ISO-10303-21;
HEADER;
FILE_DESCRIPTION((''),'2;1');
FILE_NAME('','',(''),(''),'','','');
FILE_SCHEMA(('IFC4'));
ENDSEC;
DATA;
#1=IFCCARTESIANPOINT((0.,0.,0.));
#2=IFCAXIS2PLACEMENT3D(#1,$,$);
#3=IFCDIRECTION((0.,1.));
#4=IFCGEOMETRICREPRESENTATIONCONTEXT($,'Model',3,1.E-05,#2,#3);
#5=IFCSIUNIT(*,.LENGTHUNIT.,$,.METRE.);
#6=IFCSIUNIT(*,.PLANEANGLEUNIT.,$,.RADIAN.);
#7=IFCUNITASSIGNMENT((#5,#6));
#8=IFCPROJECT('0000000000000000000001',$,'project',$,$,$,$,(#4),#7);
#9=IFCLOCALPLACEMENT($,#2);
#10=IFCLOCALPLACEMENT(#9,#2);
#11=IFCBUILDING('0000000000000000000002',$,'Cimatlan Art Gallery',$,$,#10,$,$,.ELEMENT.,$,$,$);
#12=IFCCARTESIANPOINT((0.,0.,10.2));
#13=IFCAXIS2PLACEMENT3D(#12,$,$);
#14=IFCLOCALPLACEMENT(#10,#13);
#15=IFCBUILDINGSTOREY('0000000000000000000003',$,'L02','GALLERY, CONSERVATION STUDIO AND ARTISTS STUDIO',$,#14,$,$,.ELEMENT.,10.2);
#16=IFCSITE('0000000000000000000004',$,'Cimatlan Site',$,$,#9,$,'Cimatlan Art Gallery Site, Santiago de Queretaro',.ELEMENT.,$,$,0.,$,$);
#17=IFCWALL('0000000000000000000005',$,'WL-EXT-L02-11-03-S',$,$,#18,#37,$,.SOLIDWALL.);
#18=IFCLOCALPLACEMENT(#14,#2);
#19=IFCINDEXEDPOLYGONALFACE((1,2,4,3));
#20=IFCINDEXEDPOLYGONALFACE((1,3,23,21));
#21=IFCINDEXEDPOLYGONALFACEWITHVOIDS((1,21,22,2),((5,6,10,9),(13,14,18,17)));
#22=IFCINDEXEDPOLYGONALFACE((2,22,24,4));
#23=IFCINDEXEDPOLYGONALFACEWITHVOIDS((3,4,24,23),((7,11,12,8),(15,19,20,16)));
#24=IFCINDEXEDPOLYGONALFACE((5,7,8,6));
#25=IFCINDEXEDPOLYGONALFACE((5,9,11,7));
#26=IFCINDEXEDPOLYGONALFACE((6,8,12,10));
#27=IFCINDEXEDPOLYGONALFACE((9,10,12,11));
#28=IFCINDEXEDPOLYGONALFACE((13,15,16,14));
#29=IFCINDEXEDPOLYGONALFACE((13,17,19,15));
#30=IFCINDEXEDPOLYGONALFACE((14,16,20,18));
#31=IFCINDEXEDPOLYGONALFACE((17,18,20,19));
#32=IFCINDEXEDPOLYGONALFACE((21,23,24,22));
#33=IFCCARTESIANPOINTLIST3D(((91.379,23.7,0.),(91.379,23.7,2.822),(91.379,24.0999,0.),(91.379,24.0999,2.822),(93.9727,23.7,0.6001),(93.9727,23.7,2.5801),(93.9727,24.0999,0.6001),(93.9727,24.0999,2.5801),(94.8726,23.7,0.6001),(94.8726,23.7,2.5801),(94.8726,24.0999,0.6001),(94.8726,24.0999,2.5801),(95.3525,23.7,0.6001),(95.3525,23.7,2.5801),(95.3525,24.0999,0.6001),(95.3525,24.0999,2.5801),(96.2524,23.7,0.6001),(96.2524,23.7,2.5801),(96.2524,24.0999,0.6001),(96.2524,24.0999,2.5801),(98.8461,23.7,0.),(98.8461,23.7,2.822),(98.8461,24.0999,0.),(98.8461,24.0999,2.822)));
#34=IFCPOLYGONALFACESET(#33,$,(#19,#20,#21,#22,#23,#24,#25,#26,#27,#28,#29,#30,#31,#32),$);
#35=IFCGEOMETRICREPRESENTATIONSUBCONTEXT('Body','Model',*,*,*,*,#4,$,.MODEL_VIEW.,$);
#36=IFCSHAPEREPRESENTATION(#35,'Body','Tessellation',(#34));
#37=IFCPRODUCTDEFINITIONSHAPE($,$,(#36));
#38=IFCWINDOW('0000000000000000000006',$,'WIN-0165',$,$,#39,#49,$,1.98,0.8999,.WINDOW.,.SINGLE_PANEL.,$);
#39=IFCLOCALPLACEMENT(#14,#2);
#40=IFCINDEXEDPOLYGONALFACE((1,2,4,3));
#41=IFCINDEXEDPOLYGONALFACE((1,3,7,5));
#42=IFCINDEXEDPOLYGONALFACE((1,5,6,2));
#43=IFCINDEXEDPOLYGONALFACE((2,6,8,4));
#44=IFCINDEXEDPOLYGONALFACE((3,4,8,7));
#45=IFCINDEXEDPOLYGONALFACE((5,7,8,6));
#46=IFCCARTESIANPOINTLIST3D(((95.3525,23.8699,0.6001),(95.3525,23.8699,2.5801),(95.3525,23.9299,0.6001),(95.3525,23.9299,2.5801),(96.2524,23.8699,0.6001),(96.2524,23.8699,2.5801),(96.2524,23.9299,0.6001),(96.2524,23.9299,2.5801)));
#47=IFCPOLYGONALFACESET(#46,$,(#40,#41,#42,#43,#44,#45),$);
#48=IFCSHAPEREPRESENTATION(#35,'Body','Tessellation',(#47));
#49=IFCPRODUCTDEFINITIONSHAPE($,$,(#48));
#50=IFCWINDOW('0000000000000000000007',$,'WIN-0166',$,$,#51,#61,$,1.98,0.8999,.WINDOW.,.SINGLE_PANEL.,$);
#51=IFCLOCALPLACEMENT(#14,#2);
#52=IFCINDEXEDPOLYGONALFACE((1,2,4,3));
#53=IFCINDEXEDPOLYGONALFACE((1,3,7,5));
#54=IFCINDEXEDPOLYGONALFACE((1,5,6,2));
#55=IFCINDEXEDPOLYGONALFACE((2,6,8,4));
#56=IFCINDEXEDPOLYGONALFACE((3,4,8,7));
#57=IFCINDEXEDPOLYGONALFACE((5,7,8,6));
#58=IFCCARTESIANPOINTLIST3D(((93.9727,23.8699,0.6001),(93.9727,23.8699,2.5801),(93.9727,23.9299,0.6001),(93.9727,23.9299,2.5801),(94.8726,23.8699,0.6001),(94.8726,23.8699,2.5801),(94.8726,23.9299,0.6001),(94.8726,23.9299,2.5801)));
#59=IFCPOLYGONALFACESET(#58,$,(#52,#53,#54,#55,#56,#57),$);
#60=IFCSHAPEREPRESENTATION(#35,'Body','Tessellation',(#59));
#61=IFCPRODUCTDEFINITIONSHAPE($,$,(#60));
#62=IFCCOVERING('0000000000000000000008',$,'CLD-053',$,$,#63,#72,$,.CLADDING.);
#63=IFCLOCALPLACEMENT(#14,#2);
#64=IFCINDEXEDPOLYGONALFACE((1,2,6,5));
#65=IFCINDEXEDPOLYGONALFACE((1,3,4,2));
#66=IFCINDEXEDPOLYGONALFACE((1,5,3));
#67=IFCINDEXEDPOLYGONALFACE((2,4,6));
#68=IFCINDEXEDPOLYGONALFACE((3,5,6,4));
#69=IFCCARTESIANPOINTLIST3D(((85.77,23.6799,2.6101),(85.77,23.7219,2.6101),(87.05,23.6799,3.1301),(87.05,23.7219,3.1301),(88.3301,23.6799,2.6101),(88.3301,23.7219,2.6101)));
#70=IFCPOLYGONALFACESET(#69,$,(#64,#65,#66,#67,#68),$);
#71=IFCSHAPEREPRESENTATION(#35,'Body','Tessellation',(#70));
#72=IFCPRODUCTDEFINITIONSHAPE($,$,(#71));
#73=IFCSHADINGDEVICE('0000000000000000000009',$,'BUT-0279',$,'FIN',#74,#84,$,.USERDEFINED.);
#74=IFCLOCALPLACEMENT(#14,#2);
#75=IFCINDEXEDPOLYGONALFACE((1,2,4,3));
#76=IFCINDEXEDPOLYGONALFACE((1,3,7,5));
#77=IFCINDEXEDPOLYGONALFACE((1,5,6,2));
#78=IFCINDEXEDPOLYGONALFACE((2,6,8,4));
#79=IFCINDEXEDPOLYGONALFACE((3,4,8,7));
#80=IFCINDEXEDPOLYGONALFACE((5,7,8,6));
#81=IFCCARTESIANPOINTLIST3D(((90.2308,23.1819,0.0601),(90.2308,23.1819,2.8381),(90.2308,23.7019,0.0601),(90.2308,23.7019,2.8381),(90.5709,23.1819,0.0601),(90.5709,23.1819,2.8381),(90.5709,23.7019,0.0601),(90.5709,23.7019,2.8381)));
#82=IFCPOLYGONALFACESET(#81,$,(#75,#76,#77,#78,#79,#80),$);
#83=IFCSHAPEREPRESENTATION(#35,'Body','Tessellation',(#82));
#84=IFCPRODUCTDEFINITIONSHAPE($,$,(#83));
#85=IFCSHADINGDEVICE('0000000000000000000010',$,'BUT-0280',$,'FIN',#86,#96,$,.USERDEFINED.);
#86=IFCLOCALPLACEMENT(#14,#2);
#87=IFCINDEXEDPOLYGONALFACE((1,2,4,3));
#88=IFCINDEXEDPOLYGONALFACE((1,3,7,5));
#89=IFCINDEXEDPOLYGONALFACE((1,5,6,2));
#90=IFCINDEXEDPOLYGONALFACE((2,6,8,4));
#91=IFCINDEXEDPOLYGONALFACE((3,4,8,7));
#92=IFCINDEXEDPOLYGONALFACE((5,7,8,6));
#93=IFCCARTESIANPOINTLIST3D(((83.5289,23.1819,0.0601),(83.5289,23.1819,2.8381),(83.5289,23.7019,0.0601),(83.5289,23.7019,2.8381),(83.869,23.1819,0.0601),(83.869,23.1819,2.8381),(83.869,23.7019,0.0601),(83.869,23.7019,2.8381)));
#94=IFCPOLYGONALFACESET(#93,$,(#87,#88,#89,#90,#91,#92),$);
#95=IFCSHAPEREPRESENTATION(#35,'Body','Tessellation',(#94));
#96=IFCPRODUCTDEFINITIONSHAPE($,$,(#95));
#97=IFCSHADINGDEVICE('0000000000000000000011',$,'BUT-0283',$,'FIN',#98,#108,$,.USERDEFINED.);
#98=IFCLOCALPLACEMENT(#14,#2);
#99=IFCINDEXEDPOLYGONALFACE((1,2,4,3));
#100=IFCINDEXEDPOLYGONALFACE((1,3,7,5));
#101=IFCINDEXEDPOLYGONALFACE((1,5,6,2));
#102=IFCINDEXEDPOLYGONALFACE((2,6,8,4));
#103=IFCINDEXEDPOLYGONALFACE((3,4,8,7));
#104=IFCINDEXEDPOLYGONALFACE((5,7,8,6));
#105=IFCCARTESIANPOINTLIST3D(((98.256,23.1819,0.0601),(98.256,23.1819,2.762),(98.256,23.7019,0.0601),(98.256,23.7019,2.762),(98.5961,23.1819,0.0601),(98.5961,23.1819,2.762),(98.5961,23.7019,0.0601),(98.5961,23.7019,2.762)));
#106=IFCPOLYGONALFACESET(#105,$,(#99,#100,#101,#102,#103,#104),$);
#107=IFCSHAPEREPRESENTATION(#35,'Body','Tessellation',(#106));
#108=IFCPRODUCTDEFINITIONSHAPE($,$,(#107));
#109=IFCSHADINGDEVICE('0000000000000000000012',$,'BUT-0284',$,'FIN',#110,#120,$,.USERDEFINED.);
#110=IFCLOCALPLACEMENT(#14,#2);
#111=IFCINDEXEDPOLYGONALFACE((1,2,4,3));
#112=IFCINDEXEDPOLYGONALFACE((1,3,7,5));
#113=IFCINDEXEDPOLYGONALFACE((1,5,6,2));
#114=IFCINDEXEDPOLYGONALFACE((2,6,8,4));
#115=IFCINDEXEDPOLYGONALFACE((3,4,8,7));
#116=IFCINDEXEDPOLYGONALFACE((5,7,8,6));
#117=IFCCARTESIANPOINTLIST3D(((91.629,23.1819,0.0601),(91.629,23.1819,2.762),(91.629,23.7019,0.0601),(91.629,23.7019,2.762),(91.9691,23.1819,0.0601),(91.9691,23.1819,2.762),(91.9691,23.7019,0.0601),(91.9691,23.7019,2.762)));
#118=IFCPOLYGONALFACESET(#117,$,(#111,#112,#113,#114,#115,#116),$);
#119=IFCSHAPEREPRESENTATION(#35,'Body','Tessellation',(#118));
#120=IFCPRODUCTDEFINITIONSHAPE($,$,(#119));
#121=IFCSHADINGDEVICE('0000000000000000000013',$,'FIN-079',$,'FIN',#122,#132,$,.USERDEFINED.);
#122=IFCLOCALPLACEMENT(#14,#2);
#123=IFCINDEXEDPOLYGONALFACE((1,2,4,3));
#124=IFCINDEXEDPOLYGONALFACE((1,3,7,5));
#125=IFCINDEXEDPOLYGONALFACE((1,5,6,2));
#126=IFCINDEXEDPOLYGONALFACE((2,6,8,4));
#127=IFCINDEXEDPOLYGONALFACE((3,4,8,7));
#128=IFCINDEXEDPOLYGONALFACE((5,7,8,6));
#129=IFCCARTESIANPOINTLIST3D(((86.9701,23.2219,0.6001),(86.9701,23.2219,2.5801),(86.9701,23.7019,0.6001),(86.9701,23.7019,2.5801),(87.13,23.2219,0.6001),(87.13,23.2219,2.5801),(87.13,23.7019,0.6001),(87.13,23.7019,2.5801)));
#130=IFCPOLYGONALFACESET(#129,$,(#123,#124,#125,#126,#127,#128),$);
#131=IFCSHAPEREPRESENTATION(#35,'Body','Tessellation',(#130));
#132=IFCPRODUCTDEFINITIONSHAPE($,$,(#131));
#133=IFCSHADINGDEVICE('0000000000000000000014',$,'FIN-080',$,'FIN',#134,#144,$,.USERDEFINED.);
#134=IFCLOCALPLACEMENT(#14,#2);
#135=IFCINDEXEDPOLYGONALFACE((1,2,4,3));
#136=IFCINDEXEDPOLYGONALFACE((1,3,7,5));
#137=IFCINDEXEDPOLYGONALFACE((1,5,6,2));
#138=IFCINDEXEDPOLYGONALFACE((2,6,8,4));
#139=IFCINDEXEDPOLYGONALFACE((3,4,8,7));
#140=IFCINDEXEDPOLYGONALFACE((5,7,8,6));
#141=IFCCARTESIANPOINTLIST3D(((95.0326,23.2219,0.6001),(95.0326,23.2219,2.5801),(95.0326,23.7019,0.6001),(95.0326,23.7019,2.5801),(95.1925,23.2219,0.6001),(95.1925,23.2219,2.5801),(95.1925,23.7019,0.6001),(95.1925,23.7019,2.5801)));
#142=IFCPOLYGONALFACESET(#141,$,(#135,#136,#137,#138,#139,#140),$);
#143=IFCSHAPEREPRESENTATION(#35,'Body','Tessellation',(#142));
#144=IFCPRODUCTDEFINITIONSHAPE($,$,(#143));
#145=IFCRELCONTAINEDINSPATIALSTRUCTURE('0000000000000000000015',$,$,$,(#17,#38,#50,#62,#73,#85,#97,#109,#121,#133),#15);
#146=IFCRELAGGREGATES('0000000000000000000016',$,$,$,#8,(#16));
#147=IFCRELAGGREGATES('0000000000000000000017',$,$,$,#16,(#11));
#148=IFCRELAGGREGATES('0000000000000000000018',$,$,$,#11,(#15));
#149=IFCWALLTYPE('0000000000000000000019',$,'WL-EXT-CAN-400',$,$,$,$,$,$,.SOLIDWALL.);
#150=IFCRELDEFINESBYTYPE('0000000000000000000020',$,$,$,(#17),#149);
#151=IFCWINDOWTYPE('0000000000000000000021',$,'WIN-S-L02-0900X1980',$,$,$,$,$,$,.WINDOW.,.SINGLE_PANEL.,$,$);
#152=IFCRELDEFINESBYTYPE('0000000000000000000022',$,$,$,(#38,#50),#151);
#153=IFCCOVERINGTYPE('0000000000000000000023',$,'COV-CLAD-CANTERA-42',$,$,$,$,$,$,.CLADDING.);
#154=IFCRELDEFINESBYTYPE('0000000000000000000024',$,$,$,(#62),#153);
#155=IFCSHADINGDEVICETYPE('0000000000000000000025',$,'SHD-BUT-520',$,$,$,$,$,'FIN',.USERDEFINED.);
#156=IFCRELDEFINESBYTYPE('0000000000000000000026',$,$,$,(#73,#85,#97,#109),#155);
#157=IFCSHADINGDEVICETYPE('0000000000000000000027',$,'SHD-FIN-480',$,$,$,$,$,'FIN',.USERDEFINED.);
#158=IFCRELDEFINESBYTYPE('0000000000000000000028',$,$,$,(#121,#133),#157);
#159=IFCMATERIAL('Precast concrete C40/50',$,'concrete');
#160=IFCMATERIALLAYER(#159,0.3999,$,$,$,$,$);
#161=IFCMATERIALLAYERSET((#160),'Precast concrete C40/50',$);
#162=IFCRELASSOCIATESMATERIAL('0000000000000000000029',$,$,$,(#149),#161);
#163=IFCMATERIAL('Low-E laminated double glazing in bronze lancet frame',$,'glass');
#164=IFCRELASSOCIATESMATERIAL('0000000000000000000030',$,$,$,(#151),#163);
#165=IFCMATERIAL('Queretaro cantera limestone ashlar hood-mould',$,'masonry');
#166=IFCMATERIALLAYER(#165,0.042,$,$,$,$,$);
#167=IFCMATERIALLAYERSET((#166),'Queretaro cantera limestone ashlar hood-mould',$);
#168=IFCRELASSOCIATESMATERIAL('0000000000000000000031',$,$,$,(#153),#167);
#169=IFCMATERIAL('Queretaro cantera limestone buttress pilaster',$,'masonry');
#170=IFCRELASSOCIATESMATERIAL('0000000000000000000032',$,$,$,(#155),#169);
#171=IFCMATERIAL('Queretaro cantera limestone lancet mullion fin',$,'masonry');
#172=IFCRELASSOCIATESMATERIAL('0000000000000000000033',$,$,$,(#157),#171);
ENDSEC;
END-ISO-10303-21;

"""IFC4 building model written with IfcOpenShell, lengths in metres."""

from ifc_helpers import new_model, si_unit, direction, frame, frame_2d, origin, origin_2d, place, context, subcontext, project, spatial, polyline, rectangle, outline, extrude, material, layer, layer_set, type_object, element, fill, save


model = new_model("IFC4")

# Units and contexts
model_context = context("Model", 3, precision=1e-05, world=origin(), true_north=direction((0.0, 1.0)))
body_context = subcontext(model_context, "Body", "Model", "MODEL_VIEW")
ifc_project = project(units=[si_unit("LENGTHUNIT", "METRE"), si_unit("PLANEANGLEUNIT", "RADIAN")], contexts=[model_context])

# Site, building, storey
site_placement = place(None, origin())
site = spatial("IfcSite", under=ifc_project, at=site_placement, Name="Cimatlan Site", LongName="Cimatlan Art Gallery Site, Santiago de Queretaro", CompositionType="ELEMENT", RefElevation=0.0)
building_placement = place(site_placement, origin())
building = spatial("IfcBuilding", under=site, at=building_placement, Name="Cimatlan Art Gallery", CompositionType="ELEMENT")
storey_placement = place(building_placement, frame((0.0, 0.0, 10.2)))
storey = spatial("IfcBuildingStorey", under=building, at=storey_placement, Name="L02", Description="GALLERY, CONSERVATION STUDIO AND ARTISTS STUDIO", CompositionType="ELEMENT", Elevation=10.2)

# Wall, openings, windows
ifc_material_1 = material(Name="Precast concrete C40/50", Category="concrete")
ifc_layer_1 = layer(ifc_material_1, 0.3999)
ifc_layer_set_1 = layer_set([ifc_layer_1], Name="Precast concrete C40/50")
wall_type = type_object("IfcWallType", Name="WL-EXT-CAN-400", PredefinedType="SOLIDWALL", material=ifc_layer_set_1)
ifc_material_2 = material(Name="Low-E laminated double glazing in bronze lancet frame", Category="glass")
window_type = type_object("IfcWindowType", Name="WIN-S-L02-0900X1980", PartitioningType="SINGLE_PANEL", PredefinedType="WINDOW", material=ifc_material_2)
wall_1_placement = place(storey_placement, frame((98.8459, 23.8999, 0.0), z_axis=(0.0, 0.0, 1.0), x_axis=(-1.0, 0.0, 0.0)))
wall_1 = element("IfcWall", 1, at=wall_1_placement, inside=storey, type_object=wall_type, Name="WL-EXT-L02-11-03-S", PredefinedType="SOLIDWALL", context=body_context, shape_type="SweptSolid", body=[
    extrude(rectangle(XDim=7.467, YDim=0.3999, at=frame_2d((3.7334, 0.0))), origin(), (0.0, 0.0, 1.0), 2.822),
])
opening_1_placement = place(wall_1_placement, frame((2.5935, 0.0, 0.6001)))
opening_1 = element("IfcOpeningElement", 2, at=opening_1_placement, cuts=wall_1, PredefinedType="OPENING", context=body_context, shape_type="SweptSolid", body=[
    extrude(rectangle(XDim=0.8999, YDim=1.98, at=frame_2d((0.45, 0.99))), frame((0.0, 0.21, 0.0), z_axis=(0.0, -1.0, 0.0), x_axis=(1.0, 0.0, 0.0)), (0.0, 0.0, 1.0), 0.4199),
])
opening_2_placement = place(wall_1_placement, frame((3.9734, 0.0, 0.6001)))
opening_2 = element("IfcOpeningElement", 3, at=opening_2_placement, cuts=wall_1, PredefinedType="OPENING", context=body_context, shape_type="SweptSolid", body=[
    extrude(rectangle(XDim=0.8999, YDim=1.98, at=frame_2d((0.45, 0.99))), frame((0.0, 0.21, 0.0), z_axis=(0.0, -1.0, 0.0), x_axis=(1.0, 0.0, 0.0)), (0.0, 0.0, 1.0), 0.4199),
])
window_1_placement = place(opening_1_placement, origin())
window_1 = element("IfcWindow", 4, at=window_1_placement, inside=storey, type_object=window_type, Name="WIN-0165", OverallHeight=1.98, OverallWidth=0.8999, PartitioningType="SINGLE_PANEL", PredefinedType="WINDOW", context=body_context, shape_type="SweptSolid", body=[
    extrude(rectangle(XDim=0.8999, YDim=1.98, at=frame_2d((0.45, 0.99))), frame((0.0, 0.03, 0.0), z_axis=(0.0, -1.0, 0.0), x_axis=(1.0, 0.0, 0.0)), (0.0, 0.0, 1.0), 0.0601),
])
fill(opening_1, window_1)
window_2_placement = place(opening_2_placement, origin())
window_2 = element("IfcWindow", 5, at=window_2_placement, inside=storey, type_object=window_type, Name="WIN-0166", OverallHeight=1.98, OverallWidth=0.8999, PartitioningType="SINGLE_PANEL", PredefinedType="WINDOW", context=body_context, shape_type="SweptSolid", body=[
    extrude(rectangle(XDim=0.8999, YDim=1.98, at=frame_2d((0.45, 0.99))), frame((0.0, 0.03, 0.0), z_axis=(0.0, -1.0, 0.0), x_axis=(1.0, 0.0, 0.0)), (0.0, 0.0, 1.0), 0.0601),
])
fill(opening_2, window_2)

# Covering
ifc_material_3 = material(Name="Queretaro cantera limestone ashlar hood-mould", Category="masonry")
ifc_layer_2 = layer(ifc_material_3, 0.042)
ifc_layer_set_2 = layer_set([ifc_layer_2], Name="Queretaro cantera limestone ashlar hood-mould")
covering_type = type_object("IfcCoveringType", Name="COV-CLAD-CANTERA-42", PredefinedType="CLADDING", material=ifc_layer_set_2)
covering_placement = place(storey_placement, frame((88.3301, 23.7219, 2.6101), z_axis=(0.0, 1.0, 0.0), x_axis=(-1.0, 0.0, 0.0)))
element("IfcCovering", 6, at=covering_placement, inside=storey, type_object=covering_type, Name="CLD-053", PredefinedType="CLADDING", context=body_context, shape_type="SweptSolid", body=[
    extrude(outline(polyline([(0.0, 0.0), (2.5601, 0.0), (1.28, 0.52), (0.0, 0.0)])), origin(), (0.0, 0.0, -1.0), 0.042),
])

# Shading devices
ifc_material_4 = material(Name="Queretaro cantera limestone buttress pilaster", Category="masonry")
shading_device_type_1 = type_object("IfcShadingDeviceType", Name="SHD-BUT-520", ElementType="FIN", PredefinedType="USERDEFINED", material=ifc_material_4)
for number, where, z_axis, x_axis, name in (
    (7, (90.4009, 23.4419, 0.0601), (0.0, 0.0, 1.0), (-1.0, 0.0, 0.0), "BUT-0279"),
    (8, (83.699, 23.4419, 0.0601), (0.0, 0.0, 1.0), (-1.0, 0.0, 0.0), "BUT-0280"),
):
    element("IfcShadingDevice", number, at=place(storey_placement, frame(where, z_axis=z_axis, x_axis=x_axis)), inside=storey, type_object=shading_device_type_1, Name=name, ObjectType="FIN", PredefinedType="USERDEFINED", context=body_context, shape_type="SweptSolid", body=[
        extrude(rectangle(XDim=0.3401, YDim=0.52, at=origin_2d()), origin(), (0.0, 0.0, 1.0), 2.7781),
    ])
for number, where, z_axis, x_axis, name in (
    (9, (98.426, 23.4419, 0.0601), (0.0, 0.0, 1.0), (-1.0, 0.0, 0.0), "BUT-0283"),
    (10, (91.7991, 23.4419, 0.0601), (0.0, 0.0, 1.0), (-1.0, 0.0, 0.0), "BUT-0284"),
):
    element("IfcShadingDevice", number, at=place(storey_placement, frame(where, z_axis=z_axis, x_axis=x_axis)), inside=storey, type_object=shading_device_type_1, Name=name, ObjectType="FIN", PredefinedType="USERDEFINED", context=body_context, shape_type="SweptSolid", body=[
        extrude(rectangle(XDim=0.3401, YDim=0.52, at=origin_2d()), origin(), (0.0, 0.0, 1.0), 2.7019),
    ])
ifc_material_5 = material(Name="Queretaro cantera limestone lancet mullion fin", Category="masonry")
shading_device_type_2 = type_object("IfcShadingDeviceType", Name="SHD-FIN-480", ElementType="FIN", PredefinedType="USERDEFINED", material=ifc_material_5)
for number, where, z_axis, x_axis, name in (
    (11, (87.05, 23.4619, 0.6001), (0.0, 0.0, 1.0), (-1.0, 0.0, 0.0), "FIN-079"),
    (12, (95.1125, 23.4619, 0.6001), (0.0, 0.0, 1.0), (-1.0, 0.0, 0.0), "FIN-080"),
):
    element("IfcShadingDevice", number, at=place(storey_placement, frame(where, z_axis=z_axis, x_axis=x_axis)), inside=storey, type_object=shading_device_type_2, Name=name, ObjectType="FIN", PredefinedType="USERDEFINED", context=body_context, shape_type="SweptSolid", body=[
        extrude(rectangle(XDim=0.1599, YDim=0.48, at=origin_2d()), origin(), (0.0, 0.0, 1.0), 1.98),
    ])

save(model, "model.ifc")
